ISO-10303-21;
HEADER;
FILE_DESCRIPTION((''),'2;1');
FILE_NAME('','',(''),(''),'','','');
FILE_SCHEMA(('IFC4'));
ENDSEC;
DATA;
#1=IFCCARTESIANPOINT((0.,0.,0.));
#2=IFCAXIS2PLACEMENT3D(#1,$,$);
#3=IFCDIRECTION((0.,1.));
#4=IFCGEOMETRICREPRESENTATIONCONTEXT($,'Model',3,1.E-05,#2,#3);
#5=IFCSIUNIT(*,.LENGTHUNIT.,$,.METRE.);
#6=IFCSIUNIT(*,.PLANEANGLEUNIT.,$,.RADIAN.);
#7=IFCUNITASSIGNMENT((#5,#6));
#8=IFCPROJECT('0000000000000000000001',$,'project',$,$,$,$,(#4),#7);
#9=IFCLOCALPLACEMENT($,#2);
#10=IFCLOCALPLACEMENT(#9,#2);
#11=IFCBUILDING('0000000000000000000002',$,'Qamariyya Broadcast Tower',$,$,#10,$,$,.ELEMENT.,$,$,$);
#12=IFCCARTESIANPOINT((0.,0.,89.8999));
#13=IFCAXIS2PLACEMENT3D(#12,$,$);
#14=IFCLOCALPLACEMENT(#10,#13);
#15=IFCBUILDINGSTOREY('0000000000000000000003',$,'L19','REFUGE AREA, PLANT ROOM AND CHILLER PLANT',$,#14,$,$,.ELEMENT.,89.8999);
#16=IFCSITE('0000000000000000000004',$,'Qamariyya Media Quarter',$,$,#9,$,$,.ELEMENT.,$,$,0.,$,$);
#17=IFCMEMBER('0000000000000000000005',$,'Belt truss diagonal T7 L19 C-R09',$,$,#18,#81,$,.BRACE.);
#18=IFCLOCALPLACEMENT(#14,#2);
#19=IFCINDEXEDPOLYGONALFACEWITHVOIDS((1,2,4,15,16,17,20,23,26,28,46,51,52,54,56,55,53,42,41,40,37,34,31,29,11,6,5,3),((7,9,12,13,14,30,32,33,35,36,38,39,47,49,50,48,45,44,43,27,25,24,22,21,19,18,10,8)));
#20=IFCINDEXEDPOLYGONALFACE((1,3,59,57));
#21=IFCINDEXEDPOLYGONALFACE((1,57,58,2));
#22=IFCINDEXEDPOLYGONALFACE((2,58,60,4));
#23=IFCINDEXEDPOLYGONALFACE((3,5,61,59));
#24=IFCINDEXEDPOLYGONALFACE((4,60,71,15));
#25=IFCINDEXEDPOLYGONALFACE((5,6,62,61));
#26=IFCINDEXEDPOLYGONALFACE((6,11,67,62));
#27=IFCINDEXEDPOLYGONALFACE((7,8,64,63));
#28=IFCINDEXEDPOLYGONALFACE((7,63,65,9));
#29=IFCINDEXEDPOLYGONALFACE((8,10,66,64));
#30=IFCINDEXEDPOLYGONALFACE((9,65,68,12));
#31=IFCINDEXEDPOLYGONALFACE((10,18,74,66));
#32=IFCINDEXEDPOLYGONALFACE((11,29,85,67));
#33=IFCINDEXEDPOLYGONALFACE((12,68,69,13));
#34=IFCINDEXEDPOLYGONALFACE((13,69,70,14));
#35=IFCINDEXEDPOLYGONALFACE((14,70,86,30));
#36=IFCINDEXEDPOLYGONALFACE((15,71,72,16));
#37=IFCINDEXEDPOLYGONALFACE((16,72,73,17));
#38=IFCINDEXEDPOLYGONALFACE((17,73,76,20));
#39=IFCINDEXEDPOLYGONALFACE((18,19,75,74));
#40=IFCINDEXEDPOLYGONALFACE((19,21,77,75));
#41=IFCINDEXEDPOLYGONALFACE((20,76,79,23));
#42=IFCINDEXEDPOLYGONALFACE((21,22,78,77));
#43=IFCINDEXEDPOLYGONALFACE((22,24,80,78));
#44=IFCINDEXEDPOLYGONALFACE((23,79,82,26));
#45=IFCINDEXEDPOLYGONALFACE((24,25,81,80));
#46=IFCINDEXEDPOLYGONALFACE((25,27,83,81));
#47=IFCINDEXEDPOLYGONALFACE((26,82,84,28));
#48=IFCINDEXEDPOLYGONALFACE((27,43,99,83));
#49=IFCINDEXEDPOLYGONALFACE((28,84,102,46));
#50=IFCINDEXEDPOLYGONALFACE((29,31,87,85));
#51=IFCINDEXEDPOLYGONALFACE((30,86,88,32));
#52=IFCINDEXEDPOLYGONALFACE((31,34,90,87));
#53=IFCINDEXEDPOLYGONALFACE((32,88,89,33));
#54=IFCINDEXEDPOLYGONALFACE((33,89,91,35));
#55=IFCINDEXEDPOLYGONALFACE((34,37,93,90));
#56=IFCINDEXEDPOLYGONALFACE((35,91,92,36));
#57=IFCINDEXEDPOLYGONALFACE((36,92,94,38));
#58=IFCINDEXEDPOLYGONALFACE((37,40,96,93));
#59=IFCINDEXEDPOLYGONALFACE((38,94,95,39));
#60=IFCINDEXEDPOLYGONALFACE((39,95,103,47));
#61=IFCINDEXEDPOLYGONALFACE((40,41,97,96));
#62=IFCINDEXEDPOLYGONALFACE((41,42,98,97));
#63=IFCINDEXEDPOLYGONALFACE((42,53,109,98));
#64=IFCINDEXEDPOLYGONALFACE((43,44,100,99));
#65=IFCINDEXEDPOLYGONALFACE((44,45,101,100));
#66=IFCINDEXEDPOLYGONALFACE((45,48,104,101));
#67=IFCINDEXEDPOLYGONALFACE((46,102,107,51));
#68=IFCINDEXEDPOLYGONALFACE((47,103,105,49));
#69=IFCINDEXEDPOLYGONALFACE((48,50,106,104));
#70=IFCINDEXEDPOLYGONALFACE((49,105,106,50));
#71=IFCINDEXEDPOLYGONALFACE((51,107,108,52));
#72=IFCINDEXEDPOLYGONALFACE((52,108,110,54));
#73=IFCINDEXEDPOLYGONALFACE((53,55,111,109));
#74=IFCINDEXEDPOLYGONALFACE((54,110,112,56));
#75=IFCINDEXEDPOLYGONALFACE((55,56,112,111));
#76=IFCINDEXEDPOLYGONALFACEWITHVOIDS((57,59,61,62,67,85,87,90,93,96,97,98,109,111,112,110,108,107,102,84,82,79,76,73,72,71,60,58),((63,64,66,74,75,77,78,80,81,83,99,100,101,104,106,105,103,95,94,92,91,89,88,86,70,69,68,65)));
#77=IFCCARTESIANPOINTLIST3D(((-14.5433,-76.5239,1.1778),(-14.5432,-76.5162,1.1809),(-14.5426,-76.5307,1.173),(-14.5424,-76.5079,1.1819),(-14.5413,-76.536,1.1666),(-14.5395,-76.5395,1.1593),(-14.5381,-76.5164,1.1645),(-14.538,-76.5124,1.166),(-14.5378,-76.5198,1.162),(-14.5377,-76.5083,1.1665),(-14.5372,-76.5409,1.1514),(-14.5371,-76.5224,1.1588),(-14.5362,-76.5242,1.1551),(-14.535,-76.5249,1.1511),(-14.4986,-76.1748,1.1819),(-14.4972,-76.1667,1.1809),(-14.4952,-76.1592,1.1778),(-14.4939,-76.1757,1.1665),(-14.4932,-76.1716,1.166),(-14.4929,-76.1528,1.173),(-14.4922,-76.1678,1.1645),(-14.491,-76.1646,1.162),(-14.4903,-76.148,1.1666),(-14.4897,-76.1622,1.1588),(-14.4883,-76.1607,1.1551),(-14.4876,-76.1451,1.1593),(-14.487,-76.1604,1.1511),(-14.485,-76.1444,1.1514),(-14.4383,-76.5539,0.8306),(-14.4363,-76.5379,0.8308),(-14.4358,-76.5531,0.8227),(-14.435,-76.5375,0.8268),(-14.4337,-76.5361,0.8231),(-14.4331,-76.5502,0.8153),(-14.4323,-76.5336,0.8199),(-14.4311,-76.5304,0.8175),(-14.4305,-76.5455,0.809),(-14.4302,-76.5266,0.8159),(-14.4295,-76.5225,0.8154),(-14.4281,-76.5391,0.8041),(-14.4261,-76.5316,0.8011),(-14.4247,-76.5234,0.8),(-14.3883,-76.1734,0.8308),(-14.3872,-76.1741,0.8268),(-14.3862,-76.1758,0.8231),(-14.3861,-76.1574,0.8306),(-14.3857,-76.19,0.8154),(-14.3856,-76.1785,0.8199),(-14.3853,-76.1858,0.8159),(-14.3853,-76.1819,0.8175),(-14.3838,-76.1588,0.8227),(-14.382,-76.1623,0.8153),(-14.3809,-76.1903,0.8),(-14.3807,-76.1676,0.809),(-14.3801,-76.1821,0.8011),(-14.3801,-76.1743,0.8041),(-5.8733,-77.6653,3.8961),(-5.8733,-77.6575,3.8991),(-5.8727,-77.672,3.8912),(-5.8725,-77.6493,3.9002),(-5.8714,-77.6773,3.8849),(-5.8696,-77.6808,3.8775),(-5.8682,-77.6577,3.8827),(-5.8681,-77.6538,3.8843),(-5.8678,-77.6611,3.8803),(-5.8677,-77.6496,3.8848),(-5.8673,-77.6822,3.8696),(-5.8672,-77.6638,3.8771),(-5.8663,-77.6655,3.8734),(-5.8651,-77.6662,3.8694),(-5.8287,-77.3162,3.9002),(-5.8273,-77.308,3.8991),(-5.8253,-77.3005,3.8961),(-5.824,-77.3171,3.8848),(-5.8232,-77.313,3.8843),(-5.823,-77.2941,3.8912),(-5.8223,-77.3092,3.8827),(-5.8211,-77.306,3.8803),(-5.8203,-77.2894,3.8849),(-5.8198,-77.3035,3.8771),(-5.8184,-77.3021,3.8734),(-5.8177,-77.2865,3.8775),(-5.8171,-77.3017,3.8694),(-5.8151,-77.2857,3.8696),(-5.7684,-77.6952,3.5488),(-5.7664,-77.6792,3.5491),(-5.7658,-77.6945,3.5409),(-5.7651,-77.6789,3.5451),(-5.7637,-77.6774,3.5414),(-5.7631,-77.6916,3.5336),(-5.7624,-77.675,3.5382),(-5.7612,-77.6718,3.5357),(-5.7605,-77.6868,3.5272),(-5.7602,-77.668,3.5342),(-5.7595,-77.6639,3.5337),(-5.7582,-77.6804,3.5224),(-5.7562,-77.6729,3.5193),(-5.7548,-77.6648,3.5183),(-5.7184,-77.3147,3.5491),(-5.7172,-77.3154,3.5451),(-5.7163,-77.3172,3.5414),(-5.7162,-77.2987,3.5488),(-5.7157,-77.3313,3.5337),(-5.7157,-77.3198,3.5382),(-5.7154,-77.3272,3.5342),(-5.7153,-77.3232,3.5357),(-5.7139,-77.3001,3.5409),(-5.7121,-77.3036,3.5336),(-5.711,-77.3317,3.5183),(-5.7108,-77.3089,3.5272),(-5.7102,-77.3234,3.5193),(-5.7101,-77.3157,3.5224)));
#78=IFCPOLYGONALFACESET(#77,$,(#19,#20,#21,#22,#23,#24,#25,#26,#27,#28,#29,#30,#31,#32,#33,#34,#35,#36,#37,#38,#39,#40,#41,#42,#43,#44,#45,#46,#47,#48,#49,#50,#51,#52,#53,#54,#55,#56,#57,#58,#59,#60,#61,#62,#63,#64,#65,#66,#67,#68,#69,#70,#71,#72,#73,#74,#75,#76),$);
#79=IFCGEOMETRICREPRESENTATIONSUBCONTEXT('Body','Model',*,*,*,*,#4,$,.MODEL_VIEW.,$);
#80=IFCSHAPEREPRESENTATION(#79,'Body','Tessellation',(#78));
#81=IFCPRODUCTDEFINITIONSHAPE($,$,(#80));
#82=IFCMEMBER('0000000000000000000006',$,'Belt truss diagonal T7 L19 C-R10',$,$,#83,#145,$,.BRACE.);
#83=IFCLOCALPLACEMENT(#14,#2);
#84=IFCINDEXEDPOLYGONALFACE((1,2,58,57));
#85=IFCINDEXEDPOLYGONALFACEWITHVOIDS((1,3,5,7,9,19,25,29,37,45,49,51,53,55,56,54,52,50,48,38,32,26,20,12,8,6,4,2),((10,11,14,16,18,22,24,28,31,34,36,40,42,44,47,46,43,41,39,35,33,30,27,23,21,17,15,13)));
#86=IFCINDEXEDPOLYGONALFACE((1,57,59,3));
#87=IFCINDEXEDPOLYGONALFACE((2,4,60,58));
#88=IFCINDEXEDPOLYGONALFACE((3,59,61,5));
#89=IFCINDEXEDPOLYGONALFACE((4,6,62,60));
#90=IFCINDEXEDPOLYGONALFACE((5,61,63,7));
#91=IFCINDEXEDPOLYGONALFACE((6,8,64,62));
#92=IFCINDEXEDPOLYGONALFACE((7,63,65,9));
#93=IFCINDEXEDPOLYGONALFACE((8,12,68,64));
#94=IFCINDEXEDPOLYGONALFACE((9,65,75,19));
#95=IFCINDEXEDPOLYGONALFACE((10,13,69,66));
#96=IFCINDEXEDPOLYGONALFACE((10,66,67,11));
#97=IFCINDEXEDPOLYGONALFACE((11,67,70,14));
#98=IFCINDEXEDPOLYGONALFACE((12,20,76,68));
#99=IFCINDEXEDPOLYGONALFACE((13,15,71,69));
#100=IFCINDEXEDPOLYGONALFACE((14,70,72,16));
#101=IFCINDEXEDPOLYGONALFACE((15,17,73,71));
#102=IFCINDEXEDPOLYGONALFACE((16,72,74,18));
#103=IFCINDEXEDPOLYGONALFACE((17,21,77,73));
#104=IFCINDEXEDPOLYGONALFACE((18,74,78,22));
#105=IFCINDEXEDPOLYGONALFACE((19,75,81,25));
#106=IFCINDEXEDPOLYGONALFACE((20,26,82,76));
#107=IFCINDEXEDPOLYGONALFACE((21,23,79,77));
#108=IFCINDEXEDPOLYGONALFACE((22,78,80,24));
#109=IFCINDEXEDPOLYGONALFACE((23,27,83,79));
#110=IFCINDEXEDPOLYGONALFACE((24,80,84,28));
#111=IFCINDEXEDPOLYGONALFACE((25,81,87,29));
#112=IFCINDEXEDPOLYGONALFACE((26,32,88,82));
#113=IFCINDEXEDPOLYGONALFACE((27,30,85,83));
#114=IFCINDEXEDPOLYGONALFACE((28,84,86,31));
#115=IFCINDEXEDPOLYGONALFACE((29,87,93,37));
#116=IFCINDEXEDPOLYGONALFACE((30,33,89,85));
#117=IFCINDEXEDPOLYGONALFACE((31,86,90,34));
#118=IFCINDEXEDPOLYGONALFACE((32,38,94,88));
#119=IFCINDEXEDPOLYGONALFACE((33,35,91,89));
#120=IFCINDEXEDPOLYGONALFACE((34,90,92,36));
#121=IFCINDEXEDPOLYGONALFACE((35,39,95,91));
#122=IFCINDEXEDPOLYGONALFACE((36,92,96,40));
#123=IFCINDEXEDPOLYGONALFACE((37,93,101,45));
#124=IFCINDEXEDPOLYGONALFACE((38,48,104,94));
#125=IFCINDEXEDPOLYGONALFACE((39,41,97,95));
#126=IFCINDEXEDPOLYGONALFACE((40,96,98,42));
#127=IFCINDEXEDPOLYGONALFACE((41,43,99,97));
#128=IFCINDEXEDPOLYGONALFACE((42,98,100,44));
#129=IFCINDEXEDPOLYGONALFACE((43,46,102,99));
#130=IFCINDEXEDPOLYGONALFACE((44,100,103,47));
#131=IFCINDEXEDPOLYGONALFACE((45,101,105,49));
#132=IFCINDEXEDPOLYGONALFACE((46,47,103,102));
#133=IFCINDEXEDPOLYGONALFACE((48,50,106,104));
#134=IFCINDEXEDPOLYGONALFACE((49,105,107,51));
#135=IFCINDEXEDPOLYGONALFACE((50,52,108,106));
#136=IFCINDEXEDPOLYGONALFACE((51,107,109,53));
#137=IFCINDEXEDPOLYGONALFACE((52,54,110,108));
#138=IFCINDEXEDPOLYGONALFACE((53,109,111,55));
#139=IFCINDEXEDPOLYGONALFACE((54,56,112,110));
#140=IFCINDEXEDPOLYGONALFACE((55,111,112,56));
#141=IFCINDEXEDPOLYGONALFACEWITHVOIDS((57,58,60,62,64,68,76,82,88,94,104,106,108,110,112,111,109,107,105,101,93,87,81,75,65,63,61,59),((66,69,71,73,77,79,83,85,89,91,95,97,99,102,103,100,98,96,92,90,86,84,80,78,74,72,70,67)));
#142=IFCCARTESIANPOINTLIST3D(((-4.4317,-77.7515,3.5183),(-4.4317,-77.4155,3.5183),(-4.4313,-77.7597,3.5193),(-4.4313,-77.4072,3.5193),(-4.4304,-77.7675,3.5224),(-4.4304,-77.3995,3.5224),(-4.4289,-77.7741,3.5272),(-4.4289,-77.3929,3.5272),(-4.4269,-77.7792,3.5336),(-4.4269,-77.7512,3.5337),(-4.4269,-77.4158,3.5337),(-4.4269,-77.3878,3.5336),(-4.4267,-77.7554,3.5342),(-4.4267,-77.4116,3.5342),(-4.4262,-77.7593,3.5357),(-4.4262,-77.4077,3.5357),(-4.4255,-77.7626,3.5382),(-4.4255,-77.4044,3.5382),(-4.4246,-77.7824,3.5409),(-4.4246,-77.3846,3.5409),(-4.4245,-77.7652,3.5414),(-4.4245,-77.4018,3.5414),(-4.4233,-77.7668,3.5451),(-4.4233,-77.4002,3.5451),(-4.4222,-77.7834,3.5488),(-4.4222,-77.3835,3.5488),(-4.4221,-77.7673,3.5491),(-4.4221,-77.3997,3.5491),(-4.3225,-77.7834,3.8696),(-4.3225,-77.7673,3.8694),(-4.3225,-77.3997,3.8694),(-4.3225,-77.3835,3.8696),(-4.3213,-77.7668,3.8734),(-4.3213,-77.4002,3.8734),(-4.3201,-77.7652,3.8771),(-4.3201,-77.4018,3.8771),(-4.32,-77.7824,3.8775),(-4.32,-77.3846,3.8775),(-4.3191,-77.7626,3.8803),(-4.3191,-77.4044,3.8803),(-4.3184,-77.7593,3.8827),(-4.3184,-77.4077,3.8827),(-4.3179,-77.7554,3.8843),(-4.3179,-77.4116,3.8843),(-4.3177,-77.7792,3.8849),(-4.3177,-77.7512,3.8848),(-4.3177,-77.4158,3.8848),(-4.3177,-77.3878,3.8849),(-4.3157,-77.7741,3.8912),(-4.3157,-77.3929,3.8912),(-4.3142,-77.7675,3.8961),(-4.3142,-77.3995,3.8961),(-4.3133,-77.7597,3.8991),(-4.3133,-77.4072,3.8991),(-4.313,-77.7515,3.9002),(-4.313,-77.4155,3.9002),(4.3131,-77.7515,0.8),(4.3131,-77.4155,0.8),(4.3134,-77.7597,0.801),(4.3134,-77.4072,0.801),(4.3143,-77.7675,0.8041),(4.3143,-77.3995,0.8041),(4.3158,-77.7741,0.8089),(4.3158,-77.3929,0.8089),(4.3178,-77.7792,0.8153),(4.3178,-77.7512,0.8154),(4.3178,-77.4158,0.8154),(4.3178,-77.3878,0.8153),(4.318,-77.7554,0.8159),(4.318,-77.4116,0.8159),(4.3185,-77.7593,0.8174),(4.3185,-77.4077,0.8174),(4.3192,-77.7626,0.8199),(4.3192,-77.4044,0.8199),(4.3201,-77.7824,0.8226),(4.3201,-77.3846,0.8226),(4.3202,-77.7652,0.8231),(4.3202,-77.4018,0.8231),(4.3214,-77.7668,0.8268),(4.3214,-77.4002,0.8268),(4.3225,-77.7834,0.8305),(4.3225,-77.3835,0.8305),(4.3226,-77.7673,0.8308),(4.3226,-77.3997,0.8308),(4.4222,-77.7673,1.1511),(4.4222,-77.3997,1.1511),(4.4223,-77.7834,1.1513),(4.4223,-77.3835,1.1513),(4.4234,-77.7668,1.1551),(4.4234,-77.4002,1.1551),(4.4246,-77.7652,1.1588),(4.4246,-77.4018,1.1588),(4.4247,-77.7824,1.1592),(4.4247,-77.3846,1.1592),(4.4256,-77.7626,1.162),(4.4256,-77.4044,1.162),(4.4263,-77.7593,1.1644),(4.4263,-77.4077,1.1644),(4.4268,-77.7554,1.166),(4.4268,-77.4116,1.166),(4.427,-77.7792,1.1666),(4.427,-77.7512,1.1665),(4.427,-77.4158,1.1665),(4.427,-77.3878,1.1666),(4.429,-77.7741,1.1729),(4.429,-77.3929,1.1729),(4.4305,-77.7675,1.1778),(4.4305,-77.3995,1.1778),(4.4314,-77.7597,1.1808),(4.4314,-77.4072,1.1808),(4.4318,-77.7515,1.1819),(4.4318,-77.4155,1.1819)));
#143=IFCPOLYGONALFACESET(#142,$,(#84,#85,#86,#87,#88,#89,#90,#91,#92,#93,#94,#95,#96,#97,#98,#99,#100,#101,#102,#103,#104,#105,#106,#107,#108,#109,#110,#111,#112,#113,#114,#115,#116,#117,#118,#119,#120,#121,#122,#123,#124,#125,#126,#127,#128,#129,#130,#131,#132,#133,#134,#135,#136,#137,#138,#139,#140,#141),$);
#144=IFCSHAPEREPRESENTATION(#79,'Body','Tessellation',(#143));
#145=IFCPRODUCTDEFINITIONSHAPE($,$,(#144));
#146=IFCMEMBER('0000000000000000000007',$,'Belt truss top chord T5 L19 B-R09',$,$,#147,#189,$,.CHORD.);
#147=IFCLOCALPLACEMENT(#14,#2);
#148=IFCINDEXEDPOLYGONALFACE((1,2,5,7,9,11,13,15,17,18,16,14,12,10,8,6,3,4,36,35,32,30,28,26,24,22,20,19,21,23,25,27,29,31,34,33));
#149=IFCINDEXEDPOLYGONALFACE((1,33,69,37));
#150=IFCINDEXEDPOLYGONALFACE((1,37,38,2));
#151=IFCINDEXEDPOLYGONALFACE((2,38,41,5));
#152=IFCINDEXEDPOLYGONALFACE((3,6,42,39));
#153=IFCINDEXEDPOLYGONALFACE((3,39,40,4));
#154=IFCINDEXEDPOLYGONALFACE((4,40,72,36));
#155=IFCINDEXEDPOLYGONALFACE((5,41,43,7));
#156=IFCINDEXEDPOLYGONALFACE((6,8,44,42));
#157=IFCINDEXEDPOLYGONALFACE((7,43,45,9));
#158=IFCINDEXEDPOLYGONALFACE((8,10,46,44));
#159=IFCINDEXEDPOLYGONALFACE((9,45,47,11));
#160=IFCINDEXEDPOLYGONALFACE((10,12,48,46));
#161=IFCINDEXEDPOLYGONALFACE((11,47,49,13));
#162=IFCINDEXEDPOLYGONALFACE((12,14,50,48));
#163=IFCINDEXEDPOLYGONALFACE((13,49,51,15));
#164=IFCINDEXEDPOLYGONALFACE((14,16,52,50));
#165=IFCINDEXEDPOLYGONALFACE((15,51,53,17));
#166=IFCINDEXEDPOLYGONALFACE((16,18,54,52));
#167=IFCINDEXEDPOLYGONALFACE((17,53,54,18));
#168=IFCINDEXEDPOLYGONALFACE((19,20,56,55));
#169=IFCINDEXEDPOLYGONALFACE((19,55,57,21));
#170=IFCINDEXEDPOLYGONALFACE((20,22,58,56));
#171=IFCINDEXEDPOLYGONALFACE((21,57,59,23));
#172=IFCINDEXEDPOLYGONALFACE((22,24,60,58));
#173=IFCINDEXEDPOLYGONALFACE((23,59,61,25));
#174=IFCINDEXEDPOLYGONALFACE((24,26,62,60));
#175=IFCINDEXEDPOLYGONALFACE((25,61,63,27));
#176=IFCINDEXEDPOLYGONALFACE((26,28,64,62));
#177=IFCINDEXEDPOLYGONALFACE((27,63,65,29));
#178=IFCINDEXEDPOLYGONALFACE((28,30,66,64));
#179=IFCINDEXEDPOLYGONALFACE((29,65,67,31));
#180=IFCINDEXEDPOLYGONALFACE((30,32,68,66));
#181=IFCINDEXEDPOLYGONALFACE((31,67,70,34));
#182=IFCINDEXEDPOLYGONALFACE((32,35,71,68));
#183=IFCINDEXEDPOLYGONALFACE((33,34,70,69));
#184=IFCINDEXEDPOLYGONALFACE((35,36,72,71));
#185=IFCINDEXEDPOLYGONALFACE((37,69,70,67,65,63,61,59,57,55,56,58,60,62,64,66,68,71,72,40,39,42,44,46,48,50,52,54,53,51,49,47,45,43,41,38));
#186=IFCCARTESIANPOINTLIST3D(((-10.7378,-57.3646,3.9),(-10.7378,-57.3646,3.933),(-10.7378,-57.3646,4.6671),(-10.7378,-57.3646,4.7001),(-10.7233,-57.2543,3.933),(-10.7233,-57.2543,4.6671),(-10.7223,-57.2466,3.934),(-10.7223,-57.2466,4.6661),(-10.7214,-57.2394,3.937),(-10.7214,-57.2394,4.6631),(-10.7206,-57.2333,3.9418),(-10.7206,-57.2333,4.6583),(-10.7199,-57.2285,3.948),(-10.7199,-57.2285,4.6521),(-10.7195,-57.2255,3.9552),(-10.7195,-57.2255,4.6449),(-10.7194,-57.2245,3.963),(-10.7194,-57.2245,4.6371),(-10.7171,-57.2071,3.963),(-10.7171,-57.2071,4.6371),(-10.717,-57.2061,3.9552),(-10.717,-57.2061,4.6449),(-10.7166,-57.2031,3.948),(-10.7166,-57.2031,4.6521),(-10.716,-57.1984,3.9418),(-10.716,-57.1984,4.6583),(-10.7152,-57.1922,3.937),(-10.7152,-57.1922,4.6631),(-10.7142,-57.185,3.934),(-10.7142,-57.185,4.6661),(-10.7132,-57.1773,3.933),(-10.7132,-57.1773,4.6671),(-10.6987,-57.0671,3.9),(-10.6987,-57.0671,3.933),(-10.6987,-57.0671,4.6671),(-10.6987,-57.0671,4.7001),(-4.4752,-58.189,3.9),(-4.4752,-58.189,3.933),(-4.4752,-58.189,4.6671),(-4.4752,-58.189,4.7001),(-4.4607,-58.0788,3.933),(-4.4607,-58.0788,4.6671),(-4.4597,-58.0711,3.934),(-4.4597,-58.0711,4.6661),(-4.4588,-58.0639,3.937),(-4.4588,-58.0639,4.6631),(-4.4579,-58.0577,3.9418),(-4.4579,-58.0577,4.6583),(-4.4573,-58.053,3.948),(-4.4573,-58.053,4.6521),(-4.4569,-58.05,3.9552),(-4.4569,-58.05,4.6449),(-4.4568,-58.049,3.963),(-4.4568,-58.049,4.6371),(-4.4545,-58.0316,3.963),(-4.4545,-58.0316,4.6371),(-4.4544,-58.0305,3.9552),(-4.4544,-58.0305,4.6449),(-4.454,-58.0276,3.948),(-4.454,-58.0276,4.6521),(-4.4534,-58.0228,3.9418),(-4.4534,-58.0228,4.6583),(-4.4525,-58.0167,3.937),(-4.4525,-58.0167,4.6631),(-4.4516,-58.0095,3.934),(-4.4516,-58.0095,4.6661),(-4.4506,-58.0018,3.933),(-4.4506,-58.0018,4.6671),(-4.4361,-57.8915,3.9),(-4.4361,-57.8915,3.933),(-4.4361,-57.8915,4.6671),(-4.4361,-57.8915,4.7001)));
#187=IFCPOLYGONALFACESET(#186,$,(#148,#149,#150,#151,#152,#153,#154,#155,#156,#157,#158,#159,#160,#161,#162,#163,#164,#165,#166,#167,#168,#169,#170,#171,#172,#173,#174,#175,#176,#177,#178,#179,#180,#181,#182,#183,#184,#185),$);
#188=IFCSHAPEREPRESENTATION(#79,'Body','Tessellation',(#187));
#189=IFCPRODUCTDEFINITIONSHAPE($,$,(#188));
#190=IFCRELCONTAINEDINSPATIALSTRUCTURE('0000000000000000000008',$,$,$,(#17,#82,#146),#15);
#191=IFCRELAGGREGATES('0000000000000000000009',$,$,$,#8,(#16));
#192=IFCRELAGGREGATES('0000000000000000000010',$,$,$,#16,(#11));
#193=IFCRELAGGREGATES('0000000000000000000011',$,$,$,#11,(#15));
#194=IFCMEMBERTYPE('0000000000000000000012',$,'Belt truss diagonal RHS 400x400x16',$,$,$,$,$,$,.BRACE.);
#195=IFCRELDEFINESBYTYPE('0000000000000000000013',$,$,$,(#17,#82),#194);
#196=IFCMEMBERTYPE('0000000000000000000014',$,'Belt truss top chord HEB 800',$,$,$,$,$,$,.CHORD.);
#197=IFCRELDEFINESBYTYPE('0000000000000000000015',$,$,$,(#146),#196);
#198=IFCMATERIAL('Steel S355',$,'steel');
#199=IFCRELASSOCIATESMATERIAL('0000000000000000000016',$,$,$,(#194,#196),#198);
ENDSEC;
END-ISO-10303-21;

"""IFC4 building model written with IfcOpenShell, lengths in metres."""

from ifc_helpers import new_model, si_unit, direction, frame, origin, origin_2d, place, context, subcontext, project, spatial, hollow_rectangle, i_section, extrude, material, material_profile, profile_set, type_object, element, save


model = new_model("IFC4")

# Units and contexts
model_context = context("Model", 3, precision=1e-05, world=origin(), true_north=direction((0.0, 1.0)))
body_context = subcontext(model_context, "Body", "Model", "MODEL_VIEW")
ifc_project = project(units=[si_unit("LENGTHUNIT", "METRE"), si_unit("PLANEANGLEUNIT", "RADIAN")], contexts=[model_context])

# Site, building, storey
site_placement = place(None, origin())
site = spatial("IfcSite", under=ifc_project, at=site_placement, Name="Qamariyya Media Quarter", CompositionType="ELEMENT", RefElevation=0.0)
building_placement = place(site_placement, origin())
building = spatial("IfcBuilding", under=site, at=building_placement, Name="Qamariyya Broadcast Tower", CompositionType="ELEMENT")
storey_placement = place(building_placement, frame((0.0, 0.0, 89.8999)))
storey = spatial("IfcBuildingStorey", under=building, at=storey_placement, Name="L19", Description="REFUGE AREA, PLANT ROOM AND CHILLER PLANT", CompositionType="ELEMENT", Elevation=89.8999)

# Members
ifc_material_1 = material(Name="Steel S355", Category="steel")
ifc_material_profile_1 = material_profile(ifc_material_1, hollow_rectangle(XDim=0.3999, YDim=0.3999, WallThickness=0.0161, InnerFilletRadius=0.0161, OuterFilletRadius=0.032, at=origin_2d()))
ifc_profile_set_1 = profile_set([ifc_material_profile_1], Name="Steel S355")
member_type_1 = type_object("IfcMemberType", Name="Belt truss diagonal RHS 400x400x16", PredefinedType="BRACE", material=ifc_profile_set_1)
for number, where, z_axis, x_axis, name in (
    (1, (-14.4617, -76.3491, 0.991), (0.94676, -0.124637, 0.296836), (0.13052, 0.991446, 0.0), "Belt truss diagonal T7 L19 C-R09"),
    (2, (-4.3723, -77.5835, 3.7092), (0.954928, 0.0, -0.296839), (0.0, 1.0, 0.0), "Belt truss diagonal T7 L19 C-R10"),
):
    element("IfcMember", number, at=place(storey_placement, frame(where, z_axis=z_axis, x_axis=x_axis)), inside=storey, type_object=member_type_1, Name=name, PredefinedType="BRACE", context=body_context, shape_type="SweptSolid", body=[
        extrude(hollow_rectangle(XDim=0.3999, YDim=0.3999, WallThickness=0.0161, InnerFilletRadius=0.0161, OuterFilletRadius=0.032, at=origin_2d()), origin(), (0.0, 0.0, 1.0), 9.1575),
    ])
ifc_material_profile_2 = material_profile(ifc_material_1, i_section(OverallWidth=0.3, OverallDepth=0.8, WebThickness=0.0176, FlangeThickness=0.033, FilletRadius=0.03, at=origin_2d()))
ifc_profile_set_2 = profile_set([ifc_material_profile_2], Name="Steel S355")
member_type_2 = type_object("IfcMemberType", Name="Belt truss top chord HEB 800", PredefinedType="CHORD", material=ifc_profile_set_2)
member_1_placement = place(storey_placement, frame((-10.7183, -57.2158, 4.3), z_axis=(0.991446, -0.13052, 0.0), x_axis=(0.13052, 0.991446, 0.0)))
element("IfcMember", 3, at=member_1_placement, inside=storey, type_object=member_type_2, Name="Belt truss top chord T5 L19 B-R09", PredefinedType="CHORD", context=body_context, shape_type="SweptSolid", body=[
    extrude(i_section(OverallWidth=0.3, OverallDepth=0.8, WebThickness=0.0176, FlangeThickness=0.033, FilletRadius=0.03, at=origin_2d()), origin(), (0.0, 0.0, 1.0), 6.3167),
])

save(model, "model.ifc")
